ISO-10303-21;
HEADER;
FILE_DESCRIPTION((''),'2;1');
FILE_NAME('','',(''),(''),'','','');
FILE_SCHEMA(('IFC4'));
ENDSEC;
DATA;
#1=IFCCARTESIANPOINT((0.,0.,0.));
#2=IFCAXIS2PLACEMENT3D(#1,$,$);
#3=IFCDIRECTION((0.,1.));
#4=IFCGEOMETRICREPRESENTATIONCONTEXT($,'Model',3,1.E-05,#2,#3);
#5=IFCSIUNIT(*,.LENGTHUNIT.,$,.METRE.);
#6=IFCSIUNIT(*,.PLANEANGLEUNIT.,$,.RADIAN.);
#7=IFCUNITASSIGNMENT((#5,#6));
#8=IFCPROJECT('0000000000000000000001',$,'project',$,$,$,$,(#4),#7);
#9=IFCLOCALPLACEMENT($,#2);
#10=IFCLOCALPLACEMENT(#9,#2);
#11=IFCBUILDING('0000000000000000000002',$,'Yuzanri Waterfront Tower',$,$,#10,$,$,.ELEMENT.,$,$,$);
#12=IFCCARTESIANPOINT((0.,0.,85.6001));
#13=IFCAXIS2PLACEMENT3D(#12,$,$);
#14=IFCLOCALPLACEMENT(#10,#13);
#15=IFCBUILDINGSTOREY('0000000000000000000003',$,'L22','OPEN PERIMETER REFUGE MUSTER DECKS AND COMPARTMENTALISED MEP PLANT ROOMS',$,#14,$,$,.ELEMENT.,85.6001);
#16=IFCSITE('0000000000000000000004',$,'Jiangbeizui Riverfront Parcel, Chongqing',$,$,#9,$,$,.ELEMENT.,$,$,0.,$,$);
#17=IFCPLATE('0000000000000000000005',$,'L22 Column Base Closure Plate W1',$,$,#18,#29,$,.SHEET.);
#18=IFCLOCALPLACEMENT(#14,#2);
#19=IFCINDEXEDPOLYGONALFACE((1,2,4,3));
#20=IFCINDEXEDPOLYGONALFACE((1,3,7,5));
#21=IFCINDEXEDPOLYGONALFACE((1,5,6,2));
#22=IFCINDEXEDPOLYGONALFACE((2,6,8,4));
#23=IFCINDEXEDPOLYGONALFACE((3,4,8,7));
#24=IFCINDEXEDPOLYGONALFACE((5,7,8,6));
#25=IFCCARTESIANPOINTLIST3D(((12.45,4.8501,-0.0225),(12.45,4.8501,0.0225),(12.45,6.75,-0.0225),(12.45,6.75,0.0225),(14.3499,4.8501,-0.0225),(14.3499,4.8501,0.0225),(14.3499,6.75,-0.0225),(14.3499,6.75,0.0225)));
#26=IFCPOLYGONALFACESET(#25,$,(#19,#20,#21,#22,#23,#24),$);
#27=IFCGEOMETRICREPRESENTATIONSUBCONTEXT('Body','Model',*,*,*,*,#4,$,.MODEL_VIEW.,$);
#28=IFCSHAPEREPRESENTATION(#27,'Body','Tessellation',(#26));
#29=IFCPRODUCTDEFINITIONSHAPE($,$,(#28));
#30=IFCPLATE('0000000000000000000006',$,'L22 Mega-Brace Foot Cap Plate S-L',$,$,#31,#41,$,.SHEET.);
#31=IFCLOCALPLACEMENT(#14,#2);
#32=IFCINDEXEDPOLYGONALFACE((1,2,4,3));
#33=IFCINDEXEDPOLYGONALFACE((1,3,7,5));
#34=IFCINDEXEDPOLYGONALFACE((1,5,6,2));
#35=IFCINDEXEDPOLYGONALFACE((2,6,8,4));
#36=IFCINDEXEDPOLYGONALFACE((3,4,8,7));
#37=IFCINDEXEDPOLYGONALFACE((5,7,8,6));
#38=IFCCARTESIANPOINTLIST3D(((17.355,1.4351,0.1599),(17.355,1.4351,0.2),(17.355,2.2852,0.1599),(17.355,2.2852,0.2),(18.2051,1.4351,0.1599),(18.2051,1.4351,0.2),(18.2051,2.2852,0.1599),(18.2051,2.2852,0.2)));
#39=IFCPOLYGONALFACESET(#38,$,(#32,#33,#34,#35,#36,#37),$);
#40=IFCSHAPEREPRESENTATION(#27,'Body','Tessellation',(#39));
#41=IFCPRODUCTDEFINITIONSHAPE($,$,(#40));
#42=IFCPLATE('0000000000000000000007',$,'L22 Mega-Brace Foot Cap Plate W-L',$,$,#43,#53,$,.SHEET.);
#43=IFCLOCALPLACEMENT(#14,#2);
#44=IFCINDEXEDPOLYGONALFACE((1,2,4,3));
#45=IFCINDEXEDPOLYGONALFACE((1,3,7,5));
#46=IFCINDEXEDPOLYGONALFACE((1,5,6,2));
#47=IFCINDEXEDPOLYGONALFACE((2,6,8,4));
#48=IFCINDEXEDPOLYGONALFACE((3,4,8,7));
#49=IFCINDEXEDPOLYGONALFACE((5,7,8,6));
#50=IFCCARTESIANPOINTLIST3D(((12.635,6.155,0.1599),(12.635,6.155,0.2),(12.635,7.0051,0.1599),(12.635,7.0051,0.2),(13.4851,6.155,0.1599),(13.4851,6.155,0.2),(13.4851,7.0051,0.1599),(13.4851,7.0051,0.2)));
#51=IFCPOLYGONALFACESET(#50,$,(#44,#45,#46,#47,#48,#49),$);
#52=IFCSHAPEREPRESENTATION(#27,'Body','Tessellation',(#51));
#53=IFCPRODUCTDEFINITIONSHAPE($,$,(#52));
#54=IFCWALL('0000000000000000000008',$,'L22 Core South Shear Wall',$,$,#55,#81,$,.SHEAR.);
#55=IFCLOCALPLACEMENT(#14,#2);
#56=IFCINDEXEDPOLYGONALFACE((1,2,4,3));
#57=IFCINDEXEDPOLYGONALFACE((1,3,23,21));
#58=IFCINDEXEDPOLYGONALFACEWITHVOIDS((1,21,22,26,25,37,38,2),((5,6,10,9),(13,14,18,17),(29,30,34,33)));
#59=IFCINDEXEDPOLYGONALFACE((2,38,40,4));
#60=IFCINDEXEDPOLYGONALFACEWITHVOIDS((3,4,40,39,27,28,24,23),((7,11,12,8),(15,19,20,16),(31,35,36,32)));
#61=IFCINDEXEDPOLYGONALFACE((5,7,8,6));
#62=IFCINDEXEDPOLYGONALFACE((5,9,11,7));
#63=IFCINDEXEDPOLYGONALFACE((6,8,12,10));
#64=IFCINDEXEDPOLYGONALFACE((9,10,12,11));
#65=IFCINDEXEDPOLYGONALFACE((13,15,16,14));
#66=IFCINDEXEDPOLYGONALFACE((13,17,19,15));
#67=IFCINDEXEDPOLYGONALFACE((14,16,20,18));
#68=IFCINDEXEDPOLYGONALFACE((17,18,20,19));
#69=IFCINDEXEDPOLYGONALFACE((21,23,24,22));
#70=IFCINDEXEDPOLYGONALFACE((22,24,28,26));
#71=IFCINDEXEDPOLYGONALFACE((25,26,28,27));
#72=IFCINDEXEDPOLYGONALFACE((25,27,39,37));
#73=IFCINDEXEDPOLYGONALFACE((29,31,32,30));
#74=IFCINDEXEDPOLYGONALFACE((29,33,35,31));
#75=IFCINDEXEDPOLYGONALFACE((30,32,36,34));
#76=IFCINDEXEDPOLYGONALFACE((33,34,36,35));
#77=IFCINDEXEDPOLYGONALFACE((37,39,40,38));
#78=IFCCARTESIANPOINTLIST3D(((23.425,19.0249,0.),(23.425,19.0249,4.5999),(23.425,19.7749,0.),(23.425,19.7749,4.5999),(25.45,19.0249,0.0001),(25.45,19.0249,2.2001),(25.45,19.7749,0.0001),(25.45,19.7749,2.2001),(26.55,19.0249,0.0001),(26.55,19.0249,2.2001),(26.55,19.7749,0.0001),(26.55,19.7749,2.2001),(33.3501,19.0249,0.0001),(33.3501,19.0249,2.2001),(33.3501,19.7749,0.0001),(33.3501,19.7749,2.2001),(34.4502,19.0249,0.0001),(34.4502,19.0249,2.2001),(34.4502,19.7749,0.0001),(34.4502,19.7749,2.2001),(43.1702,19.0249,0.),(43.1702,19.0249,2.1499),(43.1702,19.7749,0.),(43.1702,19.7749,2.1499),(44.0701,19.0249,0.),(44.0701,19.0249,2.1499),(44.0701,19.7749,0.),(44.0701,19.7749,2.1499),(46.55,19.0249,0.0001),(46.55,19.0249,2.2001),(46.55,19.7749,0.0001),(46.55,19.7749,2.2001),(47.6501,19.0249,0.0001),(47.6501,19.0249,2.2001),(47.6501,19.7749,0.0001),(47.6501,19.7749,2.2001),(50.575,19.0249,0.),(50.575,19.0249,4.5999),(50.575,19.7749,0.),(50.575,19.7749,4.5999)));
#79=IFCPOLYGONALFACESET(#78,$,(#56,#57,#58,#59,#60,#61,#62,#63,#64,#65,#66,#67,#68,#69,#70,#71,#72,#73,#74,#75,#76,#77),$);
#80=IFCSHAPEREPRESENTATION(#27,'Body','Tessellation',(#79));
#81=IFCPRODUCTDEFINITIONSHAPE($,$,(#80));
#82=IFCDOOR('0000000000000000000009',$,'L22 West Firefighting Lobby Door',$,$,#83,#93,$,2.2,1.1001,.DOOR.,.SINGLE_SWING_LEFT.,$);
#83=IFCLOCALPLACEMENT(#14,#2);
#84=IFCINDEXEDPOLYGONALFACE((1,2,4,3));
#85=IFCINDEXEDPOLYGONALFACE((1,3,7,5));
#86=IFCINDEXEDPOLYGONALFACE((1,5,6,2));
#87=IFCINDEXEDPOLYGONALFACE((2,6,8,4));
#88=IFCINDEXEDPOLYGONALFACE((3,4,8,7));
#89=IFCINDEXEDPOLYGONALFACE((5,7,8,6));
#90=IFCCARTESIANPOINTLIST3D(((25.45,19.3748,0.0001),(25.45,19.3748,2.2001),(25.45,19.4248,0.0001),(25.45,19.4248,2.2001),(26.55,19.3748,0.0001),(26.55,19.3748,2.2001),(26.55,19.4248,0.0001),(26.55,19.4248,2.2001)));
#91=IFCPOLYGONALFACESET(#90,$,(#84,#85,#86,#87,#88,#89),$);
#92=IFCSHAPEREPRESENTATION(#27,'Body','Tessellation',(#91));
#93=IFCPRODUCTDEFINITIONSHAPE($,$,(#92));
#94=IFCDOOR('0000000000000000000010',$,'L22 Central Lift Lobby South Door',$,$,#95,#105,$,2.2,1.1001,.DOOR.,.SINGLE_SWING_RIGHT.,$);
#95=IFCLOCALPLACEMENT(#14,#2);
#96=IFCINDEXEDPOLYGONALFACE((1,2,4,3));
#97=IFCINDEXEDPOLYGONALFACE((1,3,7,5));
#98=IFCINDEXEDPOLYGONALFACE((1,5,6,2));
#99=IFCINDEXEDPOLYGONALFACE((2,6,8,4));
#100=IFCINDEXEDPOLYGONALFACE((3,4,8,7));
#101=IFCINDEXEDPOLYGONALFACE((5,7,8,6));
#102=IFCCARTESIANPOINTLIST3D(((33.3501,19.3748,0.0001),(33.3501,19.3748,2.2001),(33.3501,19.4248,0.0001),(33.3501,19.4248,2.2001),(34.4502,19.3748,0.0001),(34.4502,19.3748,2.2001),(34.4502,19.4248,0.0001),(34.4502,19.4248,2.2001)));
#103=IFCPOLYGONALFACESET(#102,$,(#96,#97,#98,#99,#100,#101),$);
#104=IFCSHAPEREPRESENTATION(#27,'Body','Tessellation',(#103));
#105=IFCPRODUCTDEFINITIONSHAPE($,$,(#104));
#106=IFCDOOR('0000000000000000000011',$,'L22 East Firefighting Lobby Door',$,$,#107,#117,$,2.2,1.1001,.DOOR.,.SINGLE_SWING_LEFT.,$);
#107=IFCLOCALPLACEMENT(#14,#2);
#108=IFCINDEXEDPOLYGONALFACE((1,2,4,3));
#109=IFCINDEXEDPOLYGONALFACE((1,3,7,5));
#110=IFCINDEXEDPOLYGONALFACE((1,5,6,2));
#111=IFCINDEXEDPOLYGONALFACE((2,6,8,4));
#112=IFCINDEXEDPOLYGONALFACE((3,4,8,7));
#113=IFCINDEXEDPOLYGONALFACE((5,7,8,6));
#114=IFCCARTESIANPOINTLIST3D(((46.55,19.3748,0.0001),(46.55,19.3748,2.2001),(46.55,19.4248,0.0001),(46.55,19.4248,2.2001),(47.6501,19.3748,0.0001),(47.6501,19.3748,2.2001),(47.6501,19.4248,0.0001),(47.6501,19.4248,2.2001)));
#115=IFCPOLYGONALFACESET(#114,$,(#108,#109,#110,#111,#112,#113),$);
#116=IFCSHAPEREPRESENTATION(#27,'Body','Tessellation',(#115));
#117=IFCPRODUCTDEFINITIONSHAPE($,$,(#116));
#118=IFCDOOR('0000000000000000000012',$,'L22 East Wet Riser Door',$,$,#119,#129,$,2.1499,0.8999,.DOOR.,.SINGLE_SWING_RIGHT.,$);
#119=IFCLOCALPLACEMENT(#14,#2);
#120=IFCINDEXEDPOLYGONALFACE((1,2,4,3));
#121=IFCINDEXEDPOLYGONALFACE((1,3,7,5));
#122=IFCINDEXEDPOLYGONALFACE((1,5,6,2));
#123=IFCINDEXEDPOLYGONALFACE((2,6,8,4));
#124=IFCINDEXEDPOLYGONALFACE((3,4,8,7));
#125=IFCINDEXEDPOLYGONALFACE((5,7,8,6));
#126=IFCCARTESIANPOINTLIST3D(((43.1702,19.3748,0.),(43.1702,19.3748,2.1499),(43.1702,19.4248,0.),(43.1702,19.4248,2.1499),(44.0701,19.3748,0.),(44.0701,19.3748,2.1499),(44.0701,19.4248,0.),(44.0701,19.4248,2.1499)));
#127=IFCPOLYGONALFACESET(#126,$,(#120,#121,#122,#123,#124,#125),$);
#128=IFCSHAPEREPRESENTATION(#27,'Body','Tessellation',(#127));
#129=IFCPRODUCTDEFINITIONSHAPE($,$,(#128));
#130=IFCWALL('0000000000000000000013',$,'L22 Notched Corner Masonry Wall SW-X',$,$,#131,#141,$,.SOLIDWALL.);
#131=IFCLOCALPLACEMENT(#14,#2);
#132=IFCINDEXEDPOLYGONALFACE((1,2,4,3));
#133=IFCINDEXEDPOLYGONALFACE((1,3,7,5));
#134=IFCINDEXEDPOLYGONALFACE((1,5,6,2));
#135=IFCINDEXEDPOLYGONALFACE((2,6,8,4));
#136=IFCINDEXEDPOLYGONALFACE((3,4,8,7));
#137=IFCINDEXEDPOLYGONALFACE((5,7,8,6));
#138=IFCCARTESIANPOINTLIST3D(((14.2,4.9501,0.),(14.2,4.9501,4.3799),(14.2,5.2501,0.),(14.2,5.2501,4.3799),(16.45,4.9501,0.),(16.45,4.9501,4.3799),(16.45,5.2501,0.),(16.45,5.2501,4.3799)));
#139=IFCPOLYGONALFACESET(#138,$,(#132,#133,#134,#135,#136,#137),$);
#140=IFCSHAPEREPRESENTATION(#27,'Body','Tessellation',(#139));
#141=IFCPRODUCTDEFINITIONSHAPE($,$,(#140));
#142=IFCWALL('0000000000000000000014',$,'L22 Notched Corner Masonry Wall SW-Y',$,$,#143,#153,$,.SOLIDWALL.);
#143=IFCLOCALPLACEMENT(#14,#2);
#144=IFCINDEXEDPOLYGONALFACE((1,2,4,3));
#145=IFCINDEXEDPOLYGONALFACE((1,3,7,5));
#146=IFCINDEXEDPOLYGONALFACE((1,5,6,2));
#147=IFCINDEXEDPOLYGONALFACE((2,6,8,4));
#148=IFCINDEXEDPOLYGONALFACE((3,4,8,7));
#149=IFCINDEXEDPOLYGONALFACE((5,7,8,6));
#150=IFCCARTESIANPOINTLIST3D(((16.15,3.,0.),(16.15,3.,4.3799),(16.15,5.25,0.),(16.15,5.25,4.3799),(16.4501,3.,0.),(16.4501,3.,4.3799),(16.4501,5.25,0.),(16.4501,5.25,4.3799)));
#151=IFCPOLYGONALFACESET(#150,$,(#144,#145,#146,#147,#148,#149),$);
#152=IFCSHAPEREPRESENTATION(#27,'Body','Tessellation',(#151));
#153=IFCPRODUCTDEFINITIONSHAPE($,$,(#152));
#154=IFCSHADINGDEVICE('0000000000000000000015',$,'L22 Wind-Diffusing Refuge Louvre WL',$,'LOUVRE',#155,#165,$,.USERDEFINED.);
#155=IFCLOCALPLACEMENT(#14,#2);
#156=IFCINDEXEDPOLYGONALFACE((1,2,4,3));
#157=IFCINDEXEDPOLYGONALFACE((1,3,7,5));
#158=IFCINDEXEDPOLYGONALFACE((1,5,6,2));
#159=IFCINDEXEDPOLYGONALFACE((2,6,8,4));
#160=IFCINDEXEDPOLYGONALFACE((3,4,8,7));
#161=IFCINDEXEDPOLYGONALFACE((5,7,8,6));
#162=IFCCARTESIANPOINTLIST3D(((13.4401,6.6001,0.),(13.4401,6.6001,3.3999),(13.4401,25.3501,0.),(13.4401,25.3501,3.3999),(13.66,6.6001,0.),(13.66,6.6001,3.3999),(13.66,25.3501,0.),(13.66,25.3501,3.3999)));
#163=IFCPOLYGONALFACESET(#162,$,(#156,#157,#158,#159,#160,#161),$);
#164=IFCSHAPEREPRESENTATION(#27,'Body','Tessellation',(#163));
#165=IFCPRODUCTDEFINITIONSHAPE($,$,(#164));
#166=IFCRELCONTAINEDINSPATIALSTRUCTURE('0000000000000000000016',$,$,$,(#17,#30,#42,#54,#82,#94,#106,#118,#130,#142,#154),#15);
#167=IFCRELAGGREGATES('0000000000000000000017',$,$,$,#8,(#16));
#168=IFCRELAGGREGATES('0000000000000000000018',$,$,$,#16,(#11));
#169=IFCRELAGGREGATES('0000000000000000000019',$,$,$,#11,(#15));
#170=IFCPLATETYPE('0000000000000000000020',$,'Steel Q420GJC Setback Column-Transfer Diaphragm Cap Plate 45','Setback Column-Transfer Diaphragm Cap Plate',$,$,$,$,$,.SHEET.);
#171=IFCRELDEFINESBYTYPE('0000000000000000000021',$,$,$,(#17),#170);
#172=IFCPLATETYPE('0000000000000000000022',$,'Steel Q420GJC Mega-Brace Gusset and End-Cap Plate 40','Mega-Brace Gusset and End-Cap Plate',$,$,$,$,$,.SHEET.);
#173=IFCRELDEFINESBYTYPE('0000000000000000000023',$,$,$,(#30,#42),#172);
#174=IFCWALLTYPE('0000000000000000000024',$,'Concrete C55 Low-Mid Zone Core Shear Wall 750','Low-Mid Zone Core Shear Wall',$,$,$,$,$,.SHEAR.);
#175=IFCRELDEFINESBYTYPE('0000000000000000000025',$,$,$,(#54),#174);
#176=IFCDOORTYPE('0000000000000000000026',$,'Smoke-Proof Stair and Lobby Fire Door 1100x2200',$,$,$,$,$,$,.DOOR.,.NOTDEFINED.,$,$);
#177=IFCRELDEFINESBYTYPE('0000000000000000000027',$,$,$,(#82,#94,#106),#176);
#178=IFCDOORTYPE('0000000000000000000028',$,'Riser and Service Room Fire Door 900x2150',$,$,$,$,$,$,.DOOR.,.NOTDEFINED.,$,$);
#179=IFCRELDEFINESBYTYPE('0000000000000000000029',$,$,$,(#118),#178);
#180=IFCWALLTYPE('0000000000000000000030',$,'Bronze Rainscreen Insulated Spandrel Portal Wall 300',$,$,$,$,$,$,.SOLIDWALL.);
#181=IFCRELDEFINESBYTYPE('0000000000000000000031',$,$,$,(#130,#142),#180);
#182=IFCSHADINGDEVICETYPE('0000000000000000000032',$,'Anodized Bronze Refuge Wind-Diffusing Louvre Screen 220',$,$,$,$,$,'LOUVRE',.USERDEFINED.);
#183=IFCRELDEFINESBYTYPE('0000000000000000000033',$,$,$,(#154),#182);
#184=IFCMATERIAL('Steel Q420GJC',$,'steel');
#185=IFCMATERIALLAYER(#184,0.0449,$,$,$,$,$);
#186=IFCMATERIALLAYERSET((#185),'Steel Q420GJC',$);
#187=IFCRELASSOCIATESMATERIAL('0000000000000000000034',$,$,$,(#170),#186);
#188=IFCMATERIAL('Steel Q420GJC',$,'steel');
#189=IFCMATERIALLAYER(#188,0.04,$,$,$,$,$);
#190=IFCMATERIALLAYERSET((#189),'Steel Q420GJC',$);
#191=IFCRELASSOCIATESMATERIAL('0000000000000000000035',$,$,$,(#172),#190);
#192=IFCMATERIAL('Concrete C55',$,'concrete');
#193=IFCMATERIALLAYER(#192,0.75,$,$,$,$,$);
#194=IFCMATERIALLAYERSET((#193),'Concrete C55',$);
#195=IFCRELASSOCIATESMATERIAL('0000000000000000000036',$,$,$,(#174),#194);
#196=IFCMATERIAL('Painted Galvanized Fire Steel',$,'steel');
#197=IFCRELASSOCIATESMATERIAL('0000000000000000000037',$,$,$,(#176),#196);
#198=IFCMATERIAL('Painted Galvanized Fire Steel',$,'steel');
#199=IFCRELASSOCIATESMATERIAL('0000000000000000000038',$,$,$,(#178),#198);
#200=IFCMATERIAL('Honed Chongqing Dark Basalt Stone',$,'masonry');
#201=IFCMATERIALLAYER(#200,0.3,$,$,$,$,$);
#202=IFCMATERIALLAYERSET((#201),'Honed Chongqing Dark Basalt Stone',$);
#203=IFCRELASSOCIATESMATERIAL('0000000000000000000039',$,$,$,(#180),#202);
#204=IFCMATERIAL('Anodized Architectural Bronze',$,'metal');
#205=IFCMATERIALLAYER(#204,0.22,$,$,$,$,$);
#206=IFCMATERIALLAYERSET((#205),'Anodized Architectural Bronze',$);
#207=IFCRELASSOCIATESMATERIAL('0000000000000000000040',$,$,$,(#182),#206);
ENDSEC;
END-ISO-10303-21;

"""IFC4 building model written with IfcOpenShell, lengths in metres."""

from ifc_helpers import new_model, si_unit, direction, frame, frame_2d, origin, origin_2d, place, context, subcontext, project, spatial, rectangle, extrude, source, transform, mapped, material, layer, layer_set, type_object, element, fill, save


model = new_model("IFC4")

# Units and contexts
model_context = context("Model", 3, precision=1e-05, world=origin(), true_north=direction((0.0, 1.0)))
body_context = subcontext(model_context, "Body", "Model", "MODEL_VIEW")
ifc_project = project(units=[si_unit("LENGTHUNIT", "METRE"), si_unit("PLANEANGLEUNIT", "RADIAN")], contexts=[model_context])

# Site, building, storey
site_placement = place(None, origin())
site = spatial("IfcSite", under=ifc_project, at=site_placement, Name="Jiangbeizui Riverfront Parcel, Chongqing", CompositionType="ELEMENT", RefElevation=0.0)
building_placement = place(site_placement, origin())
building = spatial("IfcBuilding", under=site, at=building_placement, Name="Yuzanri Waterfront Tower", CompositionType="ELEMENT")
storey_placement = place(building_placement, frame((0.0, 0.0, 85.6001)))
storey = spatial("IfcBuildingStorey", under=building, at=storey_placement, Name="L22", Description="OPEN PERIMETER REFUGE MUSTER DECKS AND COMPARTMENTALISED MEP PLANT ROOMS", CompositionType="ELEMENT", Elevation=85.6001)

# Plates
ifc_material_1 = material(Name="Steel Q420GJC", Category="steel")
ifc_layer_1 = layer(ifc_material_1, 0.0449)
ifc_layer_set_1 = layer_set([ifc_layer_1], Name="Steel Q420GJC")
plate_type_1 = type_object("IfcPlateType", Name="Steel Q420GJC Setback Column-Transfer Diaphragm Cap Plate 45", Description="Setback Column-Transfer Diaphragm Cap Plate", PredefinedType="SHEET", material=ifc_layer_set_1)
shared_shape_1 = source(origin(), body_context, "Body", "SweptSolid", [
    extrude(rectangle(XDim=1.8999, YDim=1.8999, at=origin_2d()), origin(), (0.0, 0.0, 1.0), 0.0449),
])
for number, where, z_axis, x_axis, name in (
    (1, (13.3999, 5.8, -0.0225), (0.0, 0.0, 1.0), (1.0, 0.0, 0.0), "L22 Column Base Closure Plate W1"),
):
    element("IfcPlate", number, at=place(storey_placement, frame(where, z_axis=z_axis, x_axis=x_axis)), inside=storey, type_object=plate_type_1, Name=name, PredefinedType="SHEET", context=body_context, shape_type="MappedRepresentation", body=[
        mapped(shared_shape_1, transform((0.0, 0.0, 0.0), scale=1.0)),
    ])
ifc_material_2 = material(Name="Steel Q420GJC", Category="steel")
ifc_layer_2 = layer(ifc_material_2, 0.04)
ifc_layer_set_2 = layer_set([ifc_layer_2], Name="Steel Q420GJC")
plate_type_2 = type_object("IfcPlateType", Name="Steel Q420GJC Mega-Brace Gusset and End-Cap Plate 40", Description="Mega-Brace Gusset and End-Cap Plate", PredefinedType="SHEET", material=ifc_layer_set_2)
shared_shape_2 = source(origin(), body_context, "Body", "SweptSolid", [
    extrude(rectangle(XDim=0.8501, YDim=0.8501, at=origin_2d()), origin(), (0.0, 0.0, 1.0), 0.04),
])
for number, where, z_axis, x_axis, name in (
    (2, (17.78, 1.8601, 0.1599), (0.0, 0.0, 1.0), (1.0, 0.0, 0.0), "L22 Mega-Brace Foot Cap Plate S-L"),
    (3, (13.0601, 6.5801, 0.1599), (0.0, 0.0, 1.0), (1.0, 0.0, 0.0), "L22 Mega-Brace Foot Cap Plate W-L"),
):
    element("IfcPlate", number, at=place(storey_placement, frame(where, z_axis=z_axis, x_axis=x_axis)), inside=storey, type_object=plate_type_2, Name=name, PredefinedType="SHEET", context=body_context, shape_type="MappedRepresentation", body=[
        mapped(shared_shape_2, transform((0.0, 0.0, 0.0), scale=1.0)),
    ])

# Wall, openings, doors
ifc_material_3 = material(Name="Concrete C55", Category="concrete")
ifc_layer_3 = layer(ifc_material_3, 0.75)
ifc_layer_set_3 = layer_set([ifc_layer_3], Name="Concrete C55")
wall_type_1 = type_object("IfcWallType", Name="Concrete C55 Low-Mid Zone Core Shear Wall 750", Description="Low-Mid Zone Core Shear Wall", PredefinedType="SHEAR", material=ifc_layer_set_3)
wall_placement = place(storey_placement, frame((23.425, 19.3999, 0.0), z_axis=(0.0, 0.0, 1.0), x_axis=(1.0, 0.0, 0.0)))
wall = element("IfcWall", 4, at=wall_placement, inside=storey, type_object=wall_type_1, Name="L22 Core South Shear Wall", PredefinedType="SHEAR", context=body_context, shape_type="SweptSolid", body=[
    extrude(rectangle(XDim=27.1499, YDim=0.75, at=frame_2d((13.575, 0.0))), origin(), (0.0, 0.0, 1.0), 4.5999),
])
opening_1_placement = place(wall_placement, frame((2.0249, 0.0, 0.0)))
opening_1 = element("IfcOpeningElement", 5, at=opening_1_placement, cuts=wall, PredefinedType="OPENING", context=body_context, shape_type="SweptSolid", body=[
    extrude(rectangle(XDim=1.1001, YDim=2.2, at=frame_2d((0.55, 1.1001))), frame((0.0, 0.3899, 0.0), z_axis=(0.0, -1.0, 0.0), x_axis=(1.0, 0.0, 0.0)), (0.0, 0.0, 1.0), 0.7798),
])
opening_2_placement = place(wall_placement, frame((9.925, 0.0, 0.0)))
opening_2 = element("IfcOpeningElement", 6, at=opening_2_placement, cuts=wall, PredefinedType="OPENING", context=body_context, shape_type="SweptSolid", body=[
    extrude(rectangle(XDim=1.1001, YDim=2.2, at=frame_2d((0.55, 1.1001))), frame((0.0, 0.3899, 0.0), z_axis=(0.0, -1.0, 0.0), x_axis=(1.0, 0.0, 0.0)), (0.0, 0.0, 1.0), 0.7798),
])
opening_3_placement = place(wall_placement, frame((23.125, 0.0, 0.0)))
opening_3 = element("IfcOpeningElement", 7, at=opening_3_placement, cuts=wall, PredefinedType="OPENING", context=body_context, shape_type="SweptSolid", body=[
    extrude(rectangle(XDim=1.1001, YDim=2.2, at=frame_2d((0.55, 1.1001))), frame((0.0, 0.3899, 0.0), z_axis=(0.0, -1.0, 0.0), x_axis=(1.0, 0.0, 0.0)), (0.0, 0.0, 1.0), 0.7798),
])
opening_4_placement = place(wall_placement, frame((19.7451, 0.0, 0.0)))
opening_4 = element("IfcOpeningElement", 8, at=opening_4_placement, cuts=wall, PredefinedType="OPENING", context=body_context, shape_type="SweptSolid", body=[
    extrude(rectangle(XDim=0.8999, YDim=2.1499, at=frame_2d((0.45, 1.075))), frame((0.0, 0.3899, 0.0), z_axis=(0.0, -1.0, 0.0), x_axis=(1.0, 0.0, 0.0)), (0.0, 0.0, 1.0), 0.7798),
])
ifc_material_4 = material(Name="Painted Galvanized Fire Steel", Category="steel")
door_type_1 = type_object("IfcDoorType", Name="Smoke-Proof Stair and Lobby Fire Door 1100x2200", OperationType="NOTDEFINED", PredefinedType="DOOR", material=ifc_material_4)
shared_shape_3 = source(origin(), body_context, "Body", "SweptSolid", [
    extrude(rectangle(XDim=1.1001, YDim=2.2, at=frame_2d((0.55, 1.1001))), frame((0.0, 0.0249, 0.0), z_axis=(0.0, -1.0, 0.0), x_axis=(1.0, 0.0, 0.0)), (0.0, 0.0, 1.0), 0.05),
])
door_1_placement = place(opening_1_placement, origin())
door_1 = element("IfcDoor", 9, at=door_1_placement, inside=storey, type_object=door_type_1, Name="L22 West Firefighting Lobby Door", OperationType="SINGLE_SWING_LEFT", OverallHeight=2.2, OverallWidth=1.1001, PredefinedType="DOOR", context=body_context, shape_type="MappedRepresentation", body=[
    mapped(shared_shape_3, transform((0.0, 0.0, 0.0), scale=1.0)),
])
fill(opening_1, door_1)
door_2_placement = place(opening_2_placement, origin())
door_2 = element("IfcDoor", 10, at=door_2_placement, inside=storey, type_object=door_type_1, Name="L22 Central Lift Lobby South Door", OperationType="SINGLE_SWING_RIGHT", OverallHeight=2.2, OverallWidth=1.1001, PredefinedType="DOOR", context=body_context, shape_type="MappedRepresentation", body=[
    mapped(shared_shape_3, transform((0.0, 0.0, 0.0), scale=1.0)),
])
fill(opening_2, door_2)
door_3_placement = place(opening_3_placement, origin())
door_3 = element("IfcDoor", 11, at=door_3_placement, inside=storey, type_object=door_type_1, Name="L22 East Firefighting Lobby Door", OperationType="SINGLE_SWING_LEFT", OverallHeight=2.2, OverallWidth=1.1001, PredefinedType="DOOR", context=body_context, shape_type="MappedRepresentation", body=[
    mapped(shared_shape_3, transform((0.0, 0.0, 0.0), scale=1.0)),
])
fill(opening_3, door_3)
ifc_material_5 = material(Name="Painted Galvanized Fire Steel", Category="steel")
door_type_2 = type_object("IfcDoorType", Name="Riser and Service Room Fire Door 900x2150", OperationType="NOTDEFINED", PredefinedType="DOOR", material=ifc_material_5)
shared_shape_4 = source(origin(), body_context, "Body", "SweptSolid", [
    extrude(rectangle(XDim=0.8999, YDim=2.1499, at=frame_2d((0.45, 1.075))), frame((0.0, 0.0249, 0.0), z_axis=(0.0, -1.0, 0.0), x_axis=(1.0, 0.0, 0.0)), (0.0, 0.0, 1.0), 0.05),
])
door_4_placement = place(opening_4_placement, origin())
door_4 = element("IfcDoor", 12, at=door_4_placement, inside=storey, type_object=door_type_2, Name="L22 East Wet Riser Door", OperationType="SINGLE_SWING_RIGHT", OverallHeight=2.1499, OverallWidth=0.8999, PredefinedType="DOOR", context=body_context, shape_type="MappedRepresentation", body=[
    mapped(shared_shape_4, transform((0.0, 0.0, 0.0), scale=1.0)),
])
fill(opening_4, door_4)

# Walls
ifc_material_6 = material(Name="Honed Chongqing Dark Basalt Stone", Category="masonry")
ifc_layer_4 = layer(ifc_material_6, 0.3)
ifc_layer_set_4 = layer_set([ifc_layer_4], Name="Honed Chongqing Dark Basalt Stone")
wall_type_2 = type_object("IfcWallType", Name="Bronze Rainscreen Insulated Spandrel Portal Wall 300", PredefinedType="SOLIDWALL", material=ifc_layer_set_4)
shared_shape_5 = source(origin(), body_context, "Body", "SweptSolid", [
    extrude(rectangle(XDim=2.25, YDim=0.3, at=frame_2d((1.125, 0.0))), origin(), (0.0, 0.0, 1.0), 4.3799),
])
for number, where, z_axis, x_axis, name in (
    (13, (14.2, 5.1001, 0.0), (0.0, 0.0, 1.0), (1.0, 0.0, 0.0), "L22 Notched Corner Masonry Wall SW-X"),
    (14, (16.3, 5.25, 0.0), (0.0, 0.0, 1.0), (0.0, -1.0, 0.0), "L22 Notched Corner Masonry Wall SW-Y"),
):
    element("IfcWall", number, at=place(storey_placement, frame(where, z_axis=z_axis, x_axis=x_axis)), inside=storey, type_object=wall_type_2, Name=name, PredefinedType="SOLIDWALL", context=body_context, shape_type="MappedRepresentation", body=[
        mapped(shared_shape_5, transform((0.0, 0.0, 0.0), scale=1.0)),
    ])

# Shading device
ifc_material_7 = material(Name="Anodized Architectural Bronze", Category="metal")
ifc_layer_5 = layer(ifc_material_7, 0.22)
ifc_layer_set_5 = layer_set([ifc_layer_5], Name="Anodized Architectural Bronze")
shading_device_type = type_object("IfcShadingDeviceType", Name="Anodized Bronze Refuge Wind-Diffusing Louvre Screen 220", ElementType="LOUVRE", PredefinedType="USERDEFINED", material=ifc_layer_set_5)
shared_shape_6 = source(origin(), body_context, "Body", "SweptSolid", [
    extrude(rectangle(XDim=0.22, YDim=18.75, at=origin_2d()), origin(), (0.0, 0.0, 1.0), 3.3999),
])
shading_device_placement = place(storey_placement, frame((13.55, 15.9751, 0.0), z_axis=(0.0, 0.0, 1.0), x_axis=(1.0, 0.0, 0.0)))
element("IfcShadingDevice", 15, at=shading_device_placement, inside=storey, type_object=shading_device_type, Name="L22 Wind-Diffusing Refuge Louvre WL", ObjectType="LOUVRE", PredefinedType="USERDEFINED", context=body_context, shape_type="MappedRepresentation", body=[
    mapped(shared_shape_6, transform((0.0, 0.0, 0.0), scale=1.0)),
])

save(model, "model.ifc")
